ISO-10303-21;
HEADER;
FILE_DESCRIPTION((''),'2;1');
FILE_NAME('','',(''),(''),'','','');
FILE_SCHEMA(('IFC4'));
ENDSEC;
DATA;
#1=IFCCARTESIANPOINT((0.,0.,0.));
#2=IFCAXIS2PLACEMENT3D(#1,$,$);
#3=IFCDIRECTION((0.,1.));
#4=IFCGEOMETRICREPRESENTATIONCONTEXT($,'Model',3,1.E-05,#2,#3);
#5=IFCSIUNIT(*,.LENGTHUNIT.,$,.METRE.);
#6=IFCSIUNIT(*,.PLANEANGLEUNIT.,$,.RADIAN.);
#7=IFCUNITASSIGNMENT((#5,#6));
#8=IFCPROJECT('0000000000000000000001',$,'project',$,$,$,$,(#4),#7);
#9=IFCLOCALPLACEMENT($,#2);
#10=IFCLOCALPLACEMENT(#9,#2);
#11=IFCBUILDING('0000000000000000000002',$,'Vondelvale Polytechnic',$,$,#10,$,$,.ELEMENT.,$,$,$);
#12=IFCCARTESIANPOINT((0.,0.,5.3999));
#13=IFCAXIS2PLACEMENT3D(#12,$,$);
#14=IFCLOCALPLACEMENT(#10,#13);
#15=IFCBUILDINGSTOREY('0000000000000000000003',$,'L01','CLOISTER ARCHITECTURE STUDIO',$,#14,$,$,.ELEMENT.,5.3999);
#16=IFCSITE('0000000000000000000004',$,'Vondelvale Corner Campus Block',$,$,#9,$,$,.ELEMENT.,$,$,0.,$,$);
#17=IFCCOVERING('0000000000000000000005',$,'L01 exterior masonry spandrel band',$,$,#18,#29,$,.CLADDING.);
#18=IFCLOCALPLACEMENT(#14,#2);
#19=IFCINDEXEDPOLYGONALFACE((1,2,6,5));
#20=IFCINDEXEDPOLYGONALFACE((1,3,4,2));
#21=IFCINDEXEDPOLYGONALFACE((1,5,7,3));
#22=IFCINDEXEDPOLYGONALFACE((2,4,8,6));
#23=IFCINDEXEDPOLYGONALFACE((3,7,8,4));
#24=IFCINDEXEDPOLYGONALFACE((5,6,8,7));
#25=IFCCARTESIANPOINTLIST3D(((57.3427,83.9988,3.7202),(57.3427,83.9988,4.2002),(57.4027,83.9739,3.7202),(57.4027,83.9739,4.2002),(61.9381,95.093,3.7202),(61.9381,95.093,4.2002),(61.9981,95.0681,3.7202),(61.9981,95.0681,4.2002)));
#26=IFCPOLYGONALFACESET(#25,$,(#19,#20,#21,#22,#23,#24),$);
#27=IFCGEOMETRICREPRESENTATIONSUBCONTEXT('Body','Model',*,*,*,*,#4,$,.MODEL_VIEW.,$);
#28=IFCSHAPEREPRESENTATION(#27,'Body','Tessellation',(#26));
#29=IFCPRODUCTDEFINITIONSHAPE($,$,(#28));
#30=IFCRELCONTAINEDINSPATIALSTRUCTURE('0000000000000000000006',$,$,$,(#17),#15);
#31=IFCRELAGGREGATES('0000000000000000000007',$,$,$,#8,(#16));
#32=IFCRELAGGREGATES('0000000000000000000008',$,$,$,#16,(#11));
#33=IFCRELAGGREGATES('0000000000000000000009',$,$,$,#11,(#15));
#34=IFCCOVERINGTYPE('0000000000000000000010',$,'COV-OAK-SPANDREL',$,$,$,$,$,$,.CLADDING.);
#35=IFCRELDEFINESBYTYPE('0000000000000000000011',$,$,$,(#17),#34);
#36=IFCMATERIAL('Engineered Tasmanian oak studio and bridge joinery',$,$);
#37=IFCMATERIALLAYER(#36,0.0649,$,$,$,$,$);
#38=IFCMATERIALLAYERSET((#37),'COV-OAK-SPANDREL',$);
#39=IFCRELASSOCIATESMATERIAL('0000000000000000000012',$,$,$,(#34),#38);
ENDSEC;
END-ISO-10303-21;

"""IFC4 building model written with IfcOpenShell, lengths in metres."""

from ifc_helpers import new_model, si_unit, direction, frame, origin, origin_2d, place, context, subcontext, project, spatial, rectangle, extrude, material, layer, layer_set, type_object, element, save


model = new_model("IFC4")

# Units and contexts
model_context = context("Model", 3, precision=1e-05, world=origin(), true_north=direction((0.0, 1.0)))
body_context = subcontext(model_context, "Body", "Model", "MODEL_VIEW")
ifc_project = project(units=[si_unit("LENGTHUNIT", "METRE"), si_unit("PLANEANGLEUNIT", "RADIAN")], contexts=[model_context])

# Site, building, storey
site_placement = place(None, origin())
site = spatial("IfcSite", under=ifc_project, at=site_placement, Name="Vondelvale Corner Campus Block", CompositionType="ELEMENT", RefElevation=0.0)
building_placement = place(site_placement, origin())
building = spatial("IfcBuilding", under=site, at=building_placement, Name="Vondelvale Polytechnic", CompositionType="ELEMENT")
storey_placement = place(building_placement, frame((0.0, 0.0, 5.3999)))
storey = spatial("IfcBuildingStorey", under=building, at=storey_placement, Name="L01", Description="CLOISTER ARCHITECTURE STUDIO", CompositionType="ELEMENT", Elevation=5.3999)

# Shared definitions
ifc_material_1 = material(Name="Engineered Tasmanian oak studio and bridge joinery")

# Covering
ifc_layer_1 = layer(ifc_material_1, 0.0649)
ifc_layer_set_1 = layer_set([ifc_layer_1], Name="COV-OAK-SPANDREL")
covering_type = type_object("IfcCoveringType", Name="COV-OAK-SPANDREL", PredefinedType="CLADDING", material=ifc_layer_set_1)
covering_placement = place(storey_placement, frame((59.6704, 89.5334, 3.7202), z_axis=(0.0, 0.0, 1.0), x_axis=(-0.382683, -0.92388, 0.0)))
element("IfcCovering", 1, at=covering_placement, inside=storey, type_object=covering_type, Name="L01 exterior masonry spandrel band", PredefinedType="CLADDING", context=body_context, shape_type="SweptSolid", body=[
    extrude(rectangle(XDim=12.0083, YDim=0.0649, at=origin_2d()), origin(), (0.0, 0.0, 1.0), 0.48),
])

save(model, "model.ifc")
